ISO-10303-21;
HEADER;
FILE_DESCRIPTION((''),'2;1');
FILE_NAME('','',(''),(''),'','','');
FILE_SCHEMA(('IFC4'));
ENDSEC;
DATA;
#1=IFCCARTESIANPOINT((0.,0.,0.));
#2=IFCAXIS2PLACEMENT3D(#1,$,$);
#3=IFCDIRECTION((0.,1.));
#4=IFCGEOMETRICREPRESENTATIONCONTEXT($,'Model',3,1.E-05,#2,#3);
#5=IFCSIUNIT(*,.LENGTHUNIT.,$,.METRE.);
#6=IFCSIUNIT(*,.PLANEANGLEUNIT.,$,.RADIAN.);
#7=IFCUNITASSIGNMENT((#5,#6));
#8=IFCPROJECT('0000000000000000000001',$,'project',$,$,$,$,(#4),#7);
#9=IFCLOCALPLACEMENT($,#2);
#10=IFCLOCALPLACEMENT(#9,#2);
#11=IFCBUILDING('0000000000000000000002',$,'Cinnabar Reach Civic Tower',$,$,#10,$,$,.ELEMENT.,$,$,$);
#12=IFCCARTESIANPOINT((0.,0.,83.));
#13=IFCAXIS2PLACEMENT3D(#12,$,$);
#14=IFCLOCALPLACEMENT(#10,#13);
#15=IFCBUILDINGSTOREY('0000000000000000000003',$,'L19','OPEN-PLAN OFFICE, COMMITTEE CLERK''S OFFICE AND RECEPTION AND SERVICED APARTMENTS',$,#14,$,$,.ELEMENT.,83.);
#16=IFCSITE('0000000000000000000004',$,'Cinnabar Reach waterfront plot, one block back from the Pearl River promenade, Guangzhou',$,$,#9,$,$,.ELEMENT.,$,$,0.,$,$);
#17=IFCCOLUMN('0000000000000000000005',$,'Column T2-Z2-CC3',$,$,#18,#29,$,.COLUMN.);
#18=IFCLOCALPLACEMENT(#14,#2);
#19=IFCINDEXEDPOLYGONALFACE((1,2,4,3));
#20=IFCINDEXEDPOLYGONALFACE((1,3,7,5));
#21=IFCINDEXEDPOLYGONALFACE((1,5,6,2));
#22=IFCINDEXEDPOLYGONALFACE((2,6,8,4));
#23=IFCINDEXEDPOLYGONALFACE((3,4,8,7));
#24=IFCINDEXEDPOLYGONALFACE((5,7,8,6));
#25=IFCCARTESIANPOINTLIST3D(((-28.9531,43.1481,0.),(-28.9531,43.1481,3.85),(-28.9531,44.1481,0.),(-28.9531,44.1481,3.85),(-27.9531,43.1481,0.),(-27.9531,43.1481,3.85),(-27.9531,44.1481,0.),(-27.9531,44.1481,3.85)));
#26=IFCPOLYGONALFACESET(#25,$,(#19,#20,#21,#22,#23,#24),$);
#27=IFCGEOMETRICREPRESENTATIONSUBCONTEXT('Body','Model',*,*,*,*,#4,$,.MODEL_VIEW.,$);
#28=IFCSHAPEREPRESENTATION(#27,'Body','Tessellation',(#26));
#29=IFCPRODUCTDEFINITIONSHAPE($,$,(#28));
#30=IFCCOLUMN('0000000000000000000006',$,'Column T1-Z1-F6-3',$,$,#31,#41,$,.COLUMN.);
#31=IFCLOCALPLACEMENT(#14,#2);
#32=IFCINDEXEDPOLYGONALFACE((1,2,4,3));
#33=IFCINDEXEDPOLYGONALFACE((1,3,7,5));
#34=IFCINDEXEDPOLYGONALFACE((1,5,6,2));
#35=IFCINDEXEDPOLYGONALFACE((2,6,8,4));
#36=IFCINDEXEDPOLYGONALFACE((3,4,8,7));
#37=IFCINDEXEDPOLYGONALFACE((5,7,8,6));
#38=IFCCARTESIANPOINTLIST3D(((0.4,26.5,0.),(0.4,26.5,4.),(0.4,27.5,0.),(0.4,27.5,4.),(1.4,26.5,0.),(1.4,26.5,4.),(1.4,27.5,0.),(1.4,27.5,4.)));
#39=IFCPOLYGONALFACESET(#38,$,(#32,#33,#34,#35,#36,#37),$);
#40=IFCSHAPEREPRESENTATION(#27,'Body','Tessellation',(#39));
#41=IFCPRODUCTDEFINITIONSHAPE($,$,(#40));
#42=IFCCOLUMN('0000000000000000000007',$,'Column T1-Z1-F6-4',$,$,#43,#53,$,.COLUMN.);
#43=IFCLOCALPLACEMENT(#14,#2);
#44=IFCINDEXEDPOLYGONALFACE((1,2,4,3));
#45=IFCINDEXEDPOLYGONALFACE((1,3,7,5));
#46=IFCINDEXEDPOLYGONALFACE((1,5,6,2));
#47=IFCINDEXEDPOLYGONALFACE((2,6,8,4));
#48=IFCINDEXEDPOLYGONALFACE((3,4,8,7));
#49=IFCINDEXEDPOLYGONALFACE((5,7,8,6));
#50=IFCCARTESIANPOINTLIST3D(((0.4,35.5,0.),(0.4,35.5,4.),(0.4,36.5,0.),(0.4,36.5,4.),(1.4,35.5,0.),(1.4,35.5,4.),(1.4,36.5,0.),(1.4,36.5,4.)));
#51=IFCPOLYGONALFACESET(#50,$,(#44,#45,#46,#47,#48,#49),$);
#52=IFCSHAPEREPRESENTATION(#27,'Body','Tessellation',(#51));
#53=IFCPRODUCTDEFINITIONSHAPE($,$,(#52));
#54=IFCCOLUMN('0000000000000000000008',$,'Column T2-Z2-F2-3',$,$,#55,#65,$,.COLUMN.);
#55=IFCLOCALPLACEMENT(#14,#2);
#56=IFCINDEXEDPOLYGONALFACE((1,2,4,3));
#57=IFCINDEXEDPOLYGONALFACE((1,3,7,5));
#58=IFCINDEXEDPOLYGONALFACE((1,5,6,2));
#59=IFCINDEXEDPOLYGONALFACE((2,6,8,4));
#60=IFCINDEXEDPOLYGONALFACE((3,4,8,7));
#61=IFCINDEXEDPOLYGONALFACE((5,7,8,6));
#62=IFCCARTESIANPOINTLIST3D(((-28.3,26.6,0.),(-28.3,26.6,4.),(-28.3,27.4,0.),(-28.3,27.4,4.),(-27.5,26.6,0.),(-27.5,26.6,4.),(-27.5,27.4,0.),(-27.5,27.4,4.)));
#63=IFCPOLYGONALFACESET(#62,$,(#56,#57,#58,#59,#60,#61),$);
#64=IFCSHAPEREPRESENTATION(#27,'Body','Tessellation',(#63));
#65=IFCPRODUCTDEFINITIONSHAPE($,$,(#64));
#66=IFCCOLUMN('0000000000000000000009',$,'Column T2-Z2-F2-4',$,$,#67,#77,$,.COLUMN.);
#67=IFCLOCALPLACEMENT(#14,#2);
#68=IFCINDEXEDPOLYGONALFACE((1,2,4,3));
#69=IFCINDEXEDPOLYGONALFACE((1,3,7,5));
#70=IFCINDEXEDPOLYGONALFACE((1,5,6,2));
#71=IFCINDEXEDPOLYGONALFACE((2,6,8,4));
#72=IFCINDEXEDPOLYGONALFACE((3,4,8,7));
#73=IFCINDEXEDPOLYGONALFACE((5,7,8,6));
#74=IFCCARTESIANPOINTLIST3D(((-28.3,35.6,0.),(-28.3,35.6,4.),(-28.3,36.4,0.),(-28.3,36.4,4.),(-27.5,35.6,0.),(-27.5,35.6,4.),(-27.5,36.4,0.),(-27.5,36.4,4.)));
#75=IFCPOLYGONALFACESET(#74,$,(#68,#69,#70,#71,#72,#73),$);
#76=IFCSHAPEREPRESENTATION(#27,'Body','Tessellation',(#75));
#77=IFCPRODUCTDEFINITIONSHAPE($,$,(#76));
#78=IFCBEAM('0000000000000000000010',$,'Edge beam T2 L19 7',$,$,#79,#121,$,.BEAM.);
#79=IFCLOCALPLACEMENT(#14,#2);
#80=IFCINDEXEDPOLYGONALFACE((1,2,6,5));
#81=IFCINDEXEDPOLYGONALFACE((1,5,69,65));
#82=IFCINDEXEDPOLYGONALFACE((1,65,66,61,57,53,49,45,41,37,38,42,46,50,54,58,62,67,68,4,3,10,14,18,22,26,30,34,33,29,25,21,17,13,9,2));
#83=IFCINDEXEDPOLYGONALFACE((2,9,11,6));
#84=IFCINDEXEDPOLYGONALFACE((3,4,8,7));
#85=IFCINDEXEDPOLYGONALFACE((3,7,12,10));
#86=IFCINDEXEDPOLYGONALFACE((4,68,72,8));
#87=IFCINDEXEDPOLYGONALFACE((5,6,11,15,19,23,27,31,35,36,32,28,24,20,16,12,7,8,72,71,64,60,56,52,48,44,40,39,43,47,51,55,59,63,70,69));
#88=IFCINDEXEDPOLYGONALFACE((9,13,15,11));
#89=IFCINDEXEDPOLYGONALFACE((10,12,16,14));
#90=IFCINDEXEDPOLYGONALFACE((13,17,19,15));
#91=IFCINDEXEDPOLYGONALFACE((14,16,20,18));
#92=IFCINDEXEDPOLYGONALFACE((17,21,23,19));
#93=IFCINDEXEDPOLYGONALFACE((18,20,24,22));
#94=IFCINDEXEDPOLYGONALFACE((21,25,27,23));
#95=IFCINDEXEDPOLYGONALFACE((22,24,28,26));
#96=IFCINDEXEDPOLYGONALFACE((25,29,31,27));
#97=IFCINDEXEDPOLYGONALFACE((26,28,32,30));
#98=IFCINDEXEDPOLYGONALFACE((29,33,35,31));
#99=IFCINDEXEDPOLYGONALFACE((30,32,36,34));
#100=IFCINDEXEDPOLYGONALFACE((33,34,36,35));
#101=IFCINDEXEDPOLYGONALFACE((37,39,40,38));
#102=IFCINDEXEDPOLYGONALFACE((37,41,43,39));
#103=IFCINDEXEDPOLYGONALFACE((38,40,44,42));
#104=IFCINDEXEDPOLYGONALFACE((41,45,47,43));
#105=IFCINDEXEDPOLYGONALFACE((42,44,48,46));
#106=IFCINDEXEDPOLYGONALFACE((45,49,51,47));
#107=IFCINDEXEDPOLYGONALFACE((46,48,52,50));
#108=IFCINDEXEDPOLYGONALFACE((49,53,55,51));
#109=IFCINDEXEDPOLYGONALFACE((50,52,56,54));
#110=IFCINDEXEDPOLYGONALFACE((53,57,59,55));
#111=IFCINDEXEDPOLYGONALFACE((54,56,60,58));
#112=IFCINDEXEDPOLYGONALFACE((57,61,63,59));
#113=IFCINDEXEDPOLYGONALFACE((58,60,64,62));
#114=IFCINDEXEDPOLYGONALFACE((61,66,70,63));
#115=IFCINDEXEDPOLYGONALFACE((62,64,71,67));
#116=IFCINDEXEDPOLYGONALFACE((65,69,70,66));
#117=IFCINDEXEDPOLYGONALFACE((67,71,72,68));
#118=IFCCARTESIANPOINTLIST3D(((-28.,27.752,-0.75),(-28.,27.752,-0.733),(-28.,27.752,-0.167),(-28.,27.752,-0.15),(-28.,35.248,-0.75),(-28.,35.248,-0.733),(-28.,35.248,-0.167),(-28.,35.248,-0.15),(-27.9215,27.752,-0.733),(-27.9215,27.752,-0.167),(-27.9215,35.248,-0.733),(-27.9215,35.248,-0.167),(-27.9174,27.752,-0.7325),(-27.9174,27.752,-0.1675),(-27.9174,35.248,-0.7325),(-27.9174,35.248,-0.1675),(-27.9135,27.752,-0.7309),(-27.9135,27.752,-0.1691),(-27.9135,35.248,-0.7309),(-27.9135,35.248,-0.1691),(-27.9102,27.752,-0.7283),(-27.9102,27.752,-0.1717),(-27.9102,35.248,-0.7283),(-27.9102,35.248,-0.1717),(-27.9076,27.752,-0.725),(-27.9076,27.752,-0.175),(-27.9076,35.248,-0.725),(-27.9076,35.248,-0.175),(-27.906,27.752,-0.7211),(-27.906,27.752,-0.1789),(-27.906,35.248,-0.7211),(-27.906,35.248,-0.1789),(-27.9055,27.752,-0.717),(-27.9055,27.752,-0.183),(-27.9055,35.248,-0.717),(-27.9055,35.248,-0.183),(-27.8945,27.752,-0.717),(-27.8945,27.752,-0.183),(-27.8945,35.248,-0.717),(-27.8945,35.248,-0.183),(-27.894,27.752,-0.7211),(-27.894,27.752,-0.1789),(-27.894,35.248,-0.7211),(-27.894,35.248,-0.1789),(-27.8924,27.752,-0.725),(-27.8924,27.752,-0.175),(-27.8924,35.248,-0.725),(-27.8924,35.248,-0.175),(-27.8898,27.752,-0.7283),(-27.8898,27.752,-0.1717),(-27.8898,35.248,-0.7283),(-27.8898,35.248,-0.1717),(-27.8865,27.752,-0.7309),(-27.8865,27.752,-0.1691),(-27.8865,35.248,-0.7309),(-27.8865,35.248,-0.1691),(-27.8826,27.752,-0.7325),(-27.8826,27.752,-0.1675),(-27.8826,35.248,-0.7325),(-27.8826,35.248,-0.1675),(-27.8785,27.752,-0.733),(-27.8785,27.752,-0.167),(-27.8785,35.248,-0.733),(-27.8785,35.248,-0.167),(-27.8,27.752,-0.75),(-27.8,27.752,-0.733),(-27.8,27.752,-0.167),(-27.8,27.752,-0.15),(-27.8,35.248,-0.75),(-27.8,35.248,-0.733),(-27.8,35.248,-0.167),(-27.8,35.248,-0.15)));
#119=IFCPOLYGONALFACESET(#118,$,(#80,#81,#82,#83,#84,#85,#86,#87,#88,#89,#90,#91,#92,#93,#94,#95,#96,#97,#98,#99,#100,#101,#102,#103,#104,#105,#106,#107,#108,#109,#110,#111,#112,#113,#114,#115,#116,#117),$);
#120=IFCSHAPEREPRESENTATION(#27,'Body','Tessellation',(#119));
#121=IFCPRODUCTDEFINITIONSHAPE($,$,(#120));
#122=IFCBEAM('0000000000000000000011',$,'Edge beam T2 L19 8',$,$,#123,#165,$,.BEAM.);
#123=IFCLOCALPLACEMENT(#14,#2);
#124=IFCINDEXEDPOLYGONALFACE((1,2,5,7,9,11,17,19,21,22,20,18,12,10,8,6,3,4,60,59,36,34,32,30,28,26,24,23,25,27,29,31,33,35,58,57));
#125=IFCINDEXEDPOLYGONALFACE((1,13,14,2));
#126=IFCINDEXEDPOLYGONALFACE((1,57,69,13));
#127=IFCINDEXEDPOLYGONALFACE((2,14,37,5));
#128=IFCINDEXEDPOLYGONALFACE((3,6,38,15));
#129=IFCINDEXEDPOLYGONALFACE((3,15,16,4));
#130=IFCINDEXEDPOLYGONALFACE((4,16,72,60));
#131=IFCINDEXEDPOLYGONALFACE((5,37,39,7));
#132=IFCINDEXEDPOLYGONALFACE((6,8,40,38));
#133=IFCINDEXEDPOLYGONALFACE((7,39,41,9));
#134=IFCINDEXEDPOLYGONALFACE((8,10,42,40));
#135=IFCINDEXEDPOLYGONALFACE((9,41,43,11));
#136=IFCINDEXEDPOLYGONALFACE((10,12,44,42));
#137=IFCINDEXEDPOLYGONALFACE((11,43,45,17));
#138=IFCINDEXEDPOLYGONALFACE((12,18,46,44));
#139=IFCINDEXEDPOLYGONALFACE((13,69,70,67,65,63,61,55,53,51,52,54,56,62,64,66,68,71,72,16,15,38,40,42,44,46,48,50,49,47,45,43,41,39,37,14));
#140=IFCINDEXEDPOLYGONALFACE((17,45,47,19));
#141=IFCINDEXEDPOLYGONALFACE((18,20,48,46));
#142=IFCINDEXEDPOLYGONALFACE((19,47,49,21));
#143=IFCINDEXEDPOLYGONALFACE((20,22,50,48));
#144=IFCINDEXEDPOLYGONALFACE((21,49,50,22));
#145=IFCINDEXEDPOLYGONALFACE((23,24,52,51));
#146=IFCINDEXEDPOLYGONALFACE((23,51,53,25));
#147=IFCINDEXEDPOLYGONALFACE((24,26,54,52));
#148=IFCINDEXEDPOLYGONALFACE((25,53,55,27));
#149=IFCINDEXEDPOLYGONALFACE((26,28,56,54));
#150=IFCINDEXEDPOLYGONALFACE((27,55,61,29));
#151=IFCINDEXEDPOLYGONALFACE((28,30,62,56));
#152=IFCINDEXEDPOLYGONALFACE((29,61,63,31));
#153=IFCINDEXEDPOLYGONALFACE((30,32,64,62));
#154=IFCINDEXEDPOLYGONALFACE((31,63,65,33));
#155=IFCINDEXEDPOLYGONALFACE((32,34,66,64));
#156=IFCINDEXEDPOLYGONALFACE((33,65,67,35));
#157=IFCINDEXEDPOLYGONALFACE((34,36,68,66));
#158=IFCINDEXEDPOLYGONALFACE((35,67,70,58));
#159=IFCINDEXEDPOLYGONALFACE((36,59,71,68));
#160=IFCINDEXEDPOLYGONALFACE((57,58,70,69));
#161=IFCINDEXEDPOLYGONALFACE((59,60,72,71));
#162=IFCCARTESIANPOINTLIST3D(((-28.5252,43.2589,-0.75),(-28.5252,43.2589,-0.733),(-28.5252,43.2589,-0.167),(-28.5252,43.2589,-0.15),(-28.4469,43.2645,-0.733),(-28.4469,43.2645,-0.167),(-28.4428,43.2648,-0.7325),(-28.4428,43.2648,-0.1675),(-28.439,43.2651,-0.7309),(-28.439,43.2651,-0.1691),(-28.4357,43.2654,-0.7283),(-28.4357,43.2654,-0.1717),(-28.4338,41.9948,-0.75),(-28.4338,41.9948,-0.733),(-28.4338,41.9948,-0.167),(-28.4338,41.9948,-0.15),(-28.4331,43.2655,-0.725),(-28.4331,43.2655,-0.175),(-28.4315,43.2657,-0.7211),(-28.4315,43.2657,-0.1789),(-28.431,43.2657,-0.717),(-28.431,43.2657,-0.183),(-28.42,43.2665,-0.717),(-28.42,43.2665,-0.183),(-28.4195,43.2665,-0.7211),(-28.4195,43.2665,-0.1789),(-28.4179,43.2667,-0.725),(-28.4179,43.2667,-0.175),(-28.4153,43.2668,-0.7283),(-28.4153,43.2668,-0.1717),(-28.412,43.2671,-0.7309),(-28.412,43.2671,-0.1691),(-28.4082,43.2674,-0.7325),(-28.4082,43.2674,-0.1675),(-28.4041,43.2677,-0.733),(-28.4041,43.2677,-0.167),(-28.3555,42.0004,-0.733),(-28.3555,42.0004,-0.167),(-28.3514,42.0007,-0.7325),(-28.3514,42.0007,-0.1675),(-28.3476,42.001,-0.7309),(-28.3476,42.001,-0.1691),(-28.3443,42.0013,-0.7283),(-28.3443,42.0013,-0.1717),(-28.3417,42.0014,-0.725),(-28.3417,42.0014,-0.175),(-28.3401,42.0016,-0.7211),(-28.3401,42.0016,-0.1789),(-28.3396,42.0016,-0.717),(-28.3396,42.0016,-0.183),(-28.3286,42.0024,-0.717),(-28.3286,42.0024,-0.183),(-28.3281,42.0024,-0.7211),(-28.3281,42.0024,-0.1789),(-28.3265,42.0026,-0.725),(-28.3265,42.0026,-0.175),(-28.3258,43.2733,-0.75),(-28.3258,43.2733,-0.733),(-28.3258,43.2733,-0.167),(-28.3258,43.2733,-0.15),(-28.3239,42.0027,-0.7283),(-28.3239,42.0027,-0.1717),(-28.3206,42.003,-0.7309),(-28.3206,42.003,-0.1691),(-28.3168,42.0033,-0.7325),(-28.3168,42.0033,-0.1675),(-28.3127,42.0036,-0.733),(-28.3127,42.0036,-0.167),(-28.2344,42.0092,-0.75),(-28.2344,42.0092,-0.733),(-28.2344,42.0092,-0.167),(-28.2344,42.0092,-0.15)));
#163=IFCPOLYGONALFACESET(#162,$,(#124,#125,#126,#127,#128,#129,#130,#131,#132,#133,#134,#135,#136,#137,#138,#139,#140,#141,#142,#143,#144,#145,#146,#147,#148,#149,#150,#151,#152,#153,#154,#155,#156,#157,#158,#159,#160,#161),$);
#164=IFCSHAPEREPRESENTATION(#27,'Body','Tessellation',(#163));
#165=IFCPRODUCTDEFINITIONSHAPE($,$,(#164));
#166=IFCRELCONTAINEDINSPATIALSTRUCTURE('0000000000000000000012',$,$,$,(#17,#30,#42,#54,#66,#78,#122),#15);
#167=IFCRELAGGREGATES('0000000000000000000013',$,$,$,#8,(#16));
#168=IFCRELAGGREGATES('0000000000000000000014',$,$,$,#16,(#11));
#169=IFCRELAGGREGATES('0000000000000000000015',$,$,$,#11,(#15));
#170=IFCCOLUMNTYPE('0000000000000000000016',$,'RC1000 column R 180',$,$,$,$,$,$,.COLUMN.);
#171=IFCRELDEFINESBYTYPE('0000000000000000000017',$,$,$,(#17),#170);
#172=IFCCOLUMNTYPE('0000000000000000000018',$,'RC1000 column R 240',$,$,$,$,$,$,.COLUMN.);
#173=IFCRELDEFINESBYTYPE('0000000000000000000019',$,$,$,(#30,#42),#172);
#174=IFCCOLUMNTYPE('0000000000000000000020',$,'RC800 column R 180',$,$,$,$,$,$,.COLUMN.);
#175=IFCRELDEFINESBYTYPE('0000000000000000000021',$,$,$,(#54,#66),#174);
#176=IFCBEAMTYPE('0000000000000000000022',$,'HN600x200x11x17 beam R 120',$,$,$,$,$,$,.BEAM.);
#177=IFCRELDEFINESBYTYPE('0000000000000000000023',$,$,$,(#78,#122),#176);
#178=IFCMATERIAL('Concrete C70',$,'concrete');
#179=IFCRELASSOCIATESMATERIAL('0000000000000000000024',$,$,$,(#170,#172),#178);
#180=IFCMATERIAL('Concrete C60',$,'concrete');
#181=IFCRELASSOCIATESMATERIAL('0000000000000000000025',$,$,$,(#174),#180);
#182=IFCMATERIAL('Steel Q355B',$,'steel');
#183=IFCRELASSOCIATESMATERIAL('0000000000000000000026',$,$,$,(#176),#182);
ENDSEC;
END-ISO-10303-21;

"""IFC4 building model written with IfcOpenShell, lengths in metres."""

from ifc_helpers import new_model, si_unit, direction, frame, origin, origin_2d, place, context, subcontext, project, spatial, rectangle, i_section, extrude, material, material_profile, profile_set, type_object, element, save


model = new_model("IFC4")

# Units and contexts
model_context = context("Model", 3, precision=1e-05, world=origin(), true_north=direction((0.0, 1.0)))
body_context = subcontext(model_context, "Body", "Model", "MODEL_VIEW")
ifc_project = project(units=[si_unit("LENGTHUNIT", "METRE"), si_unit("PLANEANGLEUNIT", "RADIAN")], contexts=[model_context])

# Site, building, storey
site_placement = place(None, origin())
site = spatial("IfcSite", under=ifc_project, at=site_placement, Name="Cinnabar Reach waterfront plot, one block back from the Pearl River promenade, Guangzhou", CompositionType="ELEMENT", RefElevation=0.0)
building_placement = place(site_placement, origin())
building = spatial("IfcBuilding", under=site, at=building_placement, Name="Cinnabar Reach Civic Tower", CompositionType="ELEMENT")
storey_placement = place(building_placement, frame((0.0, 0.0, 83.0)))
storey = spatial("IfcBuildingStorey", under=building, at=storey_placement, Name="L19", Description="OPEN-PLAN OFFICE, COMMITTEE CLERK'S OFFICE AND RECEPTION AND SERVICED APARTMENTS", CompositionType="ELEMENT", Elevation=83.0)

# Columns
ifc_material_1 = material(Name="Concrete C70", Category="concrete")
ifc_material_profile_1 = material_profile(ifc_material_1, rectangle(XDim=1.0, YDim=1.0, at=origin_2d()), Name="RC1000")
ifc_profile_set_1 = profile_set([ifc_material_profile_1], Name="Concrete C70")
column_type_1 = type_object("IfcColumnType", Name="RC1000 column R 180", PredefinedType="COLUMN", material=ifc_profile_set_1)
column_placement = place(storey_placement, frame((-28.4531, 43.6481, 0.0), z_axis=(0.0, 0.0, 1.0), x_axis=(1.0, 0.0, 0.0)))
element("IfcColumn", 1, at=column_placement, inside=storey, type_object=column_type_1, Name="Column T2-Z2-CC3", PredefinedType="COLUMN", context=body_context, shape_type="SweptSolid", body=[
    extrude(rectangle(XDim=1.0, YDim=1.0, at=origin_2d()), origin(), (0.0, 0.0, 1.0), 3.85),
])
ifc_material_profile_2 = material_profile(ifc_material_1, rectangle(XDim=1.0, YDim=1.0, at=origin_2d()), Name="RC1000")
ifc_profile_set_2 = profile_set([ifc_material_profile_2], Name="Concrete C70")
column_type_2 = type_object("IfcColumnType", Name="RC1000 column R 240", PredefinedType="COLUMN", material=ifc_profile_set_2)
for number, where, z_axis, x_axis, name in (
    (2, (0.9, 27.0, 0.0), (0.0, 0.0, 1.0), (1.0, 0.0, 0.0), "Column T1-Z1-F6-3"),
    (3, (0.9, 36.0, 0.0), (0.0, 0.0, 1.0), (1.0, 0.0, 0.0), "Column T1-Z1-F6-4"),
):
    element("IfcColumn", number, at=place(storey_placement, frame(where, z_axis=z_axis, x_axis=x_axis)), inside=storey, type_object=column_type_2, Name=name, PredefinedType="COLUMN", context=body_context, shape_type="SweptSolid", body=[
        extrude(rectangle(XDim=1.0, YDim=1.0, at=origin_2d()), origin(), (0.0, 0.0, 1.0), 4.0),
    ])
ifc_material_2 = material(Name="Concrete C60", Category="concrete")
ifc_material_profile_3 = material_profile(ifc_material_2, rectangle(XDim=0.8, YDim=0.8, at=origin_2d()), Name="RC800")
ifc_profile_set_3 = profile_set([ifc_material_profile_3], Name="Concrete C60")
column_type_3 = type_object("IfcColumnType", Name="RC800 column R 180", PredefinedType="COLUMN", material=ifc_profile_set_3)
for number, where, z_axis, x_axis, name in (
    (4, (-27.9, 27.0, 0.0), (0.0, 0.0, 1.0), (1.0, 0.0, 0.0), "Column T2-Z2-F2-3"),
    (5, (-27.9, 36.0, 0.0), (0.0, 0.0, 1.0), (1.0, 0.0, 0.0), "Column T2-Z2-F2-4"),
):
    element("IfcColumn", number, at=place(storey_placement, frame(where, z_axis=z_axis, x_axis=x_axis)), inside=storey, type_object=column_type_3, Name=name, PredefinedType="COLUMN", context=body_context, shape_type="SweptSolid", body=[
        extrude(rectangle(XDim=0.8, YDim=0.8, at=origin_2d()), origin(), (0.0, 0.0, 1.0), 4.0),
    ])

# Beams
ifc_material_3 = material(Name="Steel Q355B", Category="steel")
ifc_material_profile_4 = material_profile(ifc_material_3, i_section(OverallWidth=0.2, OverallDepth=0.6, WebThickness=0.011, FlangeThickness=0.017, FilletRadius=0.016, at=origin_2d()), Name="HN600x200x11x17")
ifc_profile_set_4 = profile_set([ifc_material_profile_4], Name="Steel Q355B")
beam_type_1 = type_object("IfcBeamType", Name="HN600x200x11x17 beam R 120", PredefinedType="BEAM", material=ifc_profile_set_4)
beam_1_placement = place(storey_placement, frame((-27.9, 27.752, -0.45), z_axis=(0.0, 1.0, 0.0), x_axis=(-1.0, 0.0, 0.0)))
element("IfcBeam", 6, at=beam_1_placement, inside=storey, type_object=beam_type_1, Name="Edge beam T2 L19 7", PredefinedType="BEAM", context=body_context, shape_type="SweptSolid", body=[
    extrude(i_section(OverallWidth=0.2, OverallDepth=0.6, WebThickness=0.011, FlangeThickness=0.017, FilletRadius=0.016, at=origin_2d()), origin(), (0.0, 0.0, 1.0), 7.496),
])
beam_2_placement = place(storey_placement, frame((-28.3341, 42.002, -0.45), z_axis=(-0.072116, 0.997396, 0.0), x_axis=(-0.997396, -0.072116, 0.0)))
element("IfcBeam", 7, at=beam_2_placement, inside=storey, type_object=beam_type_1, Name="Edge beam T2 L19 8", PredefinedType="BEAM", context=body_context, shape_type="SweptSolid", body=[
    extrude(i_section(OverallWidth=0.2, OverallDepth=0.6, WebThickness=0.011, FlangeThickness=0.017, FilletRadius=0.016, at=origin_2d()), origin(), (0.0, 0.0, 1.0), 1.2674),
])

save(model, "model.ifc")
